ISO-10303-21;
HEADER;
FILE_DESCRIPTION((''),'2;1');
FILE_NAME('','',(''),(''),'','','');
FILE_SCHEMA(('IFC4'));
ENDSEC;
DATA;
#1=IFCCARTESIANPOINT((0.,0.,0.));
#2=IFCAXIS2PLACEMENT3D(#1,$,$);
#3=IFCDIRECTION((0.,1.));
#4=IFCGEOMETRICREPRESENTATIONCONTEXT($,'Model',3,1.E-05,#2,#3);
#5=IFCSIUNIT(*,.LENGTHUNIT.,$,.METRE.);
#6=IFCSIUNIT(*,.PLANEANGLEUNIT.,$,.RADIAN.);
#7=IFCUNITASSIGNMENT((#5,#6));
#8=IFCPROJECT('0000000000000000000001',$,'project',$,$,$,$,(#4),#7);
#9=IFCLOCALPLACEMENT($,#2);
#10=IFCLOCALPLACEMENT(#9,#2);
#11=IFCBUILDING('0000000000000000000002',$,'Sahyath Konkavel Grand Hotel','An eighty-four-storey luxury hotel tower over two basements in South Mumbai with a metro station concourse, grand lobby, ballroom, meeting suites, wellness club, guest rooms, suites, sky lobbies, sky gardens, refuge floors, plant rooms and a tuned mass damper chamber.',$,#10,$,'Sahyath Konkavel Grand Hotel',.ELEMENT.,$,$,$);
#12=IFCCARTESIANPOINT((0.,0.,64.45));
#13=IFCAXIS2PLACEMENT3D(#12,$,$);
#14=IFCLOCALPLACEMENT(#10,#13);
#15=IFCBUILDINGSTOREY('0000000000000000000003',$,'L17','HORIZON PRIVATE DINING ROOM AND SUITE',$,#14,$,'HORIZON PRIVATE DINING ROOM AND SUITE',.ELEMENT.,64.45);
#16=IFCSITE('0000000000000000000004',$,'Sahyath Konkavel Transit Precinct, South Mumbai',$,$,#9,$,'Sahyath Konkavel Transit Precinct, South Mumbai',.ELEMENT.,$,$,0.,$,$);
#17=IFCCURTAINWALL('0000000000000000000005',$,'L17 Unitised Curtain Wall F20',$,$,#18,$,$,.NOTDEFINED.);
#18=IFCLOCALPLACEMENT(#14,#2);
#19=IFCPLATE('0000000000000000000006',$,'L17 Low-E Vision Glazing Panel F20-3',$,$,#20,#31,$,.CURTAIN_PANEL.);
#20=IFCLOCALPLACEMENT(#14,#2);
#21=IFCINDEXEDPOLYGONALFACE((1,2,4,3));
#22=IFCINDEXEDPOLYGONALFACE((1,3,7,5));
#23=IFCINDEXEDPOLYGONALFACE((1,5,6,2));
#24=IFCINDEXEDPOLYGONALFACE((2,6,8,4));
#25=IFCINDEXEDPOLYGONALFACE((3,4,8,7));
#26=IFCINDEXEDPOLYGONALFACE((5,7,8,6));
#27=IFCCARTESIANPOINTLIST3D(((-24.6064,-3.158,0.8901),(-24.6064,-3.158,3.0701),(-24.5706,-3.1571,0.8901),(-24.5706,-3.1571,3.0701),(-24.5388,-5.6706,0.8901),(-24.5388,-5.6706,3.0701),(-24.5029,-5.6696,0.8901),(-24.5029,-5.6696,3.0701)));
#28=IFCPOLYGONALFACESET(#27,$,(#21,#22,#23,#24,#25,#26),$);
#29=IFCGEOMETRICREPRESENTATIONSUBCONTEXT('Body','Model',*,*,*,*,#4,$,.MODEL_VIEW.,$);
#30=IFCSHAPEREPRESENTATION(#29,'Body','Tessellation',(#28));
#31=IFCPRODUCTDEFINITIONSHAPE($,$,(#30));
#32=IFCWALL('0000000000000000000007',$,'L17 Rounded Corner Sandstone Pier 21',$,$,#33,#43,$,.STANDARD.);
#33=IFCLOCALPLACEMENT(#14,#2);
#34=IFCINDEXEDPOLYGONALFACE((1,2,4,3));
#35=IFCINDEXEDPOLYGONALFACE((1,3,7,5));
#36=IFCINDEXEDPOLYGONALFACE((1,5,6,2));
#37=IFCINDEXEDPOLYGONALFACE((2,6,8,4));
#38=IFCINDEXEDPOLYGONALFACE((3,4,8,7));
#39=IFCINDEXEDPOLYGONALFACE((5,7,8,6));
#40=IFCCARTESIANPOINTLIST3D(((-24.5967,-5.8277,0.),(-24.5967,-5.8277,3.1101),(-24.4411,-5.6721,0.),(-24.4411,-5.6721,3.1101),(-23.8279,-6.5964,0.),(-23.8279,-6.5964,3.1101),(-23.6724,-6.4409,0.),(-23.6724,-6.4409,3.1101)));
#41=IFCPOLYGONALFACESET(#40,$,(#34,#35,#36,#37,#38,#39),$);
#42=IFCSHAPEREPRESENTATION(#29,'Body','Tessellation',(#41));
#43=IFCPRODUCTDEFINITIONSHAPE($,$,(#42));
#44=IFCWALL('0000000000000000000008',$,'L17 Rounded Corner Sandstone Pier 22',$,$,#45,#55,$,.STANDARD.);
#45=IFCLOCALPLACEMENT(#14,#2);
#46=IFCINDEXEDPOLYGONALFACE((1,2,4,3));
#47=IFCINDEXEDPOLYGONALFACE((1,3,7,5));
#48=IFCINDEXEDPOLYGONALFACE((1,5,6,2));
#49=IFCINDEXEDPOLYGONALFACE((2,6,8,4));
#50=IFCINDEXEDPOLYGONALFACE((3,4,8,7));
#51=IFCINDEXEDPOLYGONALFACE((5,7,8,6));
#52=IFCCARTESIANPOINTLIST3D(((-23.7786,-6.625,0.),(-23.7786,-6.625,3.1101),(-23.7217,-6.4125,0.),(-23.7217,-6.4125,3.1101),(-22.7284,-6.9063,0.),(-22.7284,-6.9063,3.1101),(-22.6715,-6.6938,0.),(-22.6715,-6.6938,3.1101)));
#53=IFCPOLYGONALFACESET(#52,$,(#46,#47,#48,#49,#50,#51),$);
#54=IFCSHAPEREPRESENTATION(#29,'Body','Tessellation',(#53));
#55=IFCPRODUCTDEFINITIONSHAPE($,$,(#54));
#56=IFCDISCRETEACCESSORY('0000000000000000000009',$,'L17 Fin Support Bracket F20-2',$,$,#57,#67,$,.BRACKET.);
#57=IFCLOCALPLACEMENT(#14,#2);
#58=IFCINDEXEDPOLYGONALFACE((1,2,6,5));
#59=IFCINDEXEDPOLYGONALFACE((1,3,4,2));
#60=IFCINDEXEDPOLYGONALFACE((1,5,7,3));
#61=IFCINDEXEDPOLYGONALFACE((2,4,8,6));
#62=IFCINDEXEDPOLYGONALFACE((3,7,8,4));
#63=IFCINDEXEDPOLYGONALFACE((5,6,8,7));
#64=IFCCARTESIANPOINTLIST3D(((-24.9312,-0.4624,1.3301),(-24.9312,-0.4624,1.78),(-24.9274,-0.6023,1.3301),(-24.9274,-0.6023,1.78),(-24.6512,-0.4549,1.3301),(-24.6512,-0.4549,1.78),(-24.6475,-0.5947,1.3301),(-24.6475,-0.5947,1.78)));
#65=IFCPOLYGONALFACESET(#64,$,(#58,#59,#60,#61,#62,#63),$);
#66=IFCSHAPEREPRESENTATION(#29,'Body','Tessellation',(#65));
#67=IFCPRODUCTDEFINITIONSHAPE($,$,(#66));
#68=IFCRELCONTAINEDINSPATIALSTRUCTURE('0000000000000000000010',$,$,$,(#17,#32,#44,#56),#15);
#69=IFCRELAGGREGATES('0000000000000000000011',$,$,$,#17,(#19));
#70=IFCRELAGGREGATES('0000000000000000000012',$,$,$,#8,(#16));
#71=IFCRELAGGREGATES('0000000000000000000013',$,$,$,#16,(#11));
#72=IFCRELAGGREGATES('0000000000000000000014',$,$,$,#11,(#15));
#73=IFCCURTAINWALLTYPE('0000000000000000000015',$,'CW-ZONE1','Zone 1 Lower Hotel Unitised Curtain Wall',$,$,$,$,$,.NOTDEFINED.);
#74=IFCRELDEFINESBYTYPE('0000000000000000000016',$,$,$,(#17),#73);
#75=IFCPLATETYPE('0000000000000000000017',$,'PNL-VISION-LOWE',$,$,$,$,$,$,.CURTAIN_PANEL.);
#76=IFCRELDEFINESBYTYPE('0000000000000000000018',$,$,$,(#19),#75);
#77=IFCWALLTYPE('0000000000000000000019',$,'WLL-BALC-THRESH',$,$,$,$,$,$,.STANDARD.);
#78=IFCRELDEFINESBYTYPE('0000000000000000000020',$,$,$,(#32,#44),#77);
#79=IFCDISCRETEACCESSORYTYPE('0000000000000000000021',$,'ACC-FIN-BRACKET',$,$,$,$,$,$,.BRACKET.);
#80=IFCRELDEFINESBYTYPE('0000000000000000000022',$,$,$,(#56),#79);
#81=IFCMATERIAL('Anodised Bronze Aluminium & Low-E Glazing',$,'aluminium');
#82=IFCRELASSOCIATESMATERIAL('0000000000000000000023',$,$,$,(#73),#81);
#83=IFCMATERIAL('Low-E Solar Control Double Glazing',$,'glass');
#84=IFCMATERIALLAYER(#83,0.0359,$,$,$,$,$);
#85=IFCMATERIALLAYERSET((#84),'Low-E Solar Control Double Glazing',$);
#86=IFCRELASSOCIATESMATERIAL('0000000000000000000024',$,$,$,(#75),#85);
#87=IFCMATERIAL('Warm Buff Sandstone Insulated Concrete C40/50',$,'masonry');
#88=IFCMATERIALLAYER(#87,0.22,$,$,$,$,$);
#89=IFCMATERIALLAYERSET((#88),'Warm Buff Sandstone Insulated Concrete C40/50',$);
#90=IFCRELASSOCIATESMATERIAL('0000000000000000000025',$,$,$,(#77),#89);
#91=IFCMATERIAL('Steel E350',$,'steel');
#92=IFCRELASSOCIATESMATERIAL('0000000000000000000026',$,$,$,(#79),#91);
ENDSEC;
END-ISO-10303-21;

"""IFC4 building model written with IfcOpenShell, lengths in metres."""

from ifc_helpers import new_model, si_unit, direction, frame, frame_2d, origin, origin_2d, place, context, subcontext, project, spatial, rectangle, extrude, source, transform, mapped, material, layer, layer_set, type_object, element, aggregate, save


model = new_model("IFC4")

# Units and contexts
model_context = context("Model", 3, precision=1e-05, world=origin(), true_north=direction((0.0, 1.0)))
body_context = subcontext(model_context, "Body", "Model", "MODEL_VIEW")
ifc_project = project(units=[si_unit("LENGTHUNIT", "METRE"), si_unit("PLANEANGLEUNIT", "RADIAN")], contexts=[model_context])

# Site, building, storey
site_placement = place(None, origin())
site = spatial("IfcSite", under=ifc_project, at=site_placement, Name="Sahyath Konkavel Transit Precinct, South Mumbai", LongName="Sahyath Konkavel Transit Precinct, South Mumbai", CompositionType="ELEMENT", RefElevation=0.0)
building_placement = place(site_placement, origin())
building = spatial("IfcBuilding", under=site, at=building_placement, Name="Sahyath Konkavel Grand Hotel", Description="An eighty-four-storey luxury hotel tower over two basements in South Mumbai with a metro station concourse, grand lobby, ballroom, meeting suites, wellness club, guest rooms, suites, sky lobbies, sky gardens, refuge floors, plant rooms and a tuned mass damper chamber.", LongName="Sahyath Konkavel Grand Hotel", CompositionType="ELEMENT")
storey_placement = place(building_placement, frame((0.0, 0.0, 64.45)))
storey = spatial("IfcBuildingStorey", under=building, at=storey_placement, Name="L17", Description="HORIZON PRIVATE DINING ROOM AND SUITE", LongName="HORIZON PRIVATE DINING ROOM AND SUITE", CompositionType="ELEMENT", Elevation=64.45)

# Shared definitions
ifc_material_1 = material(Name="Steel E350", Category="steel")

# Curtain wall
ifc_material_2 = material(Name="Anodised Bronze Aluminium & Low-E Glazing", Category="aluminium")
curtain_wall_type = type_object("IfcCurtainWallType", Name="CW-ZONE1", Description="Zone 1 Lower Hotel Unitised Curtain Wall", PredefinedType="NOTDEFINED", material=ifc_material_2)
curtain_wall_1_placement = place(storey_placement, origin())
curtain_wall_1 = element("IfcCurtainWall", 1, at=curtain_wall_1_placement, inside=storey, type_object=curtain_wall_type, Name="L17 Unitised Curtain Wall F20", PredefinedType="NOTDEFINED")

# Plate
ifc_material_3 = material(Name="Low-E Solar Control Double Glazing", Category="glass")
ifc_layer_1 = layer(ifc_material_3, 0.0359)
ifc_layer_set_1 = layer_set([ifc_layer_1], Name="Low-E Solar Control Double Glazing")
plate_type_1 = type_object("IfcPlateType", Name="PNL-VISION-LOWE", PredefinedType="CURTAIN_PANEL", material=ifc_layer_set_1)
shared_shape_1 = source(origin(), body_context, "Body", "SweptSolid", [
    extrude(rectangle(XDim=2.5134, YDim=0.0359, at=origin_2d()), origin(), (0.0, 0.0, 1.0), 2.1799),
])
plate_1_placement = place(storey_placement, frame((-24.5547, -4.4138, 0.8901), z_axis=(0.0, 0.0, 1.0), x_axis=(0.02691, -0.999638, 0.0)))
plate_1 = element("IfcPlate", 2, at=plate_1_placement, type_object=plate_type_1, Name="L17 Low-E Vision Glazing Panel F20-3", PredefinedType="CURTAIN_PANEL", context=body_context, shape_type="MappedRepresentation", body=[
    mapped(shared_shape_1, transform((0.0, 0.0, 0.0), scale=1.0)),
])
aggregate(curtain_wall_1, [plate_1])

# Walls
ifc_material_4 = material(Name="Warm Buff Sandstone Insulated Concrete C40/50", Category="masonry")
ifc_layer_2 = layer(ifc_material_4, 0.22)
ifc_layer_set_2 = layer_set([ifc_layer_2], Name="Warm Buff Sandstone Insulated Concrete C40/50")
wall_type = type_object("IfcWallType", Name="WLL-BALC-THRESH", PredefinedType="STANDARD", material=ifc_layer_set_2)
for number, where, z_axis, x_axis, name in (
    (3, (-24.5188, -5.75, 0.0), (0.0, 0.0, 1.0), (0.707107, -0.707107, 0.0), "L17 Rounded Corner Sandstone Pier 21"),
    (4, (-23.75, -6.5188, 0.0), (0.0, 0.0, 1.0), (0.965951, -0.258725, 0.0), "L17 Rounded Corner Sandstone Pier 22"),
):
    element("IfcWall", number, at=place(storey_placement, frame(where, z_axis=z_axis, x_axis=x_axis)), inside=storey, type_object=wall_type, Name=name, PredefinedType="STANDARD", context=body_context, shape_type="SweptSolid", body=[
        extrude(rectangle(XDim=1.0872, YDim=0.22, at=frame_2d((0.5435, 0.0))), origin(), (0.0, 0.0, 1.0), 3.1101),
    ])

# Discrete accessory
discrete_accessory_type = type_object("IfcDiscreteAccessoryType", Name="ACC-FIN-BRACKET", PredefinedType="BRACKET", material=ifc_material_1)
shared_shape_2 = source(origin(), body_context, "Body", "SweptSolid", [
    extrude(rectangle(XDim=0.28, YDim=0.1399, at=origin_2d()), origin(), (0.0, 0.0, 1.0), 0.45),
])
discrete_accessory_placement = place(storey_placement, frame((-24.7893, -0.5286, 1.3301), z_axis=(0.0, 0.0, 1.0), x_axis=(-0.999638, -0.02691, 0.0)))
element("IfcDiscreteAccessory", 5, at=discrete_accessory_placement, inside=storey, type_object=discrete_accessory_type, Name="L17 Fin Support Bracket F20-2", PredefinedType="BRACKET", context=body_context, shape_type="MappedRepresentation", body=[
    mapped(shared_shape_2, transform((0.0, 0.0, 0.0), scale=1.0)),
])

save(model, "model.ifc")
